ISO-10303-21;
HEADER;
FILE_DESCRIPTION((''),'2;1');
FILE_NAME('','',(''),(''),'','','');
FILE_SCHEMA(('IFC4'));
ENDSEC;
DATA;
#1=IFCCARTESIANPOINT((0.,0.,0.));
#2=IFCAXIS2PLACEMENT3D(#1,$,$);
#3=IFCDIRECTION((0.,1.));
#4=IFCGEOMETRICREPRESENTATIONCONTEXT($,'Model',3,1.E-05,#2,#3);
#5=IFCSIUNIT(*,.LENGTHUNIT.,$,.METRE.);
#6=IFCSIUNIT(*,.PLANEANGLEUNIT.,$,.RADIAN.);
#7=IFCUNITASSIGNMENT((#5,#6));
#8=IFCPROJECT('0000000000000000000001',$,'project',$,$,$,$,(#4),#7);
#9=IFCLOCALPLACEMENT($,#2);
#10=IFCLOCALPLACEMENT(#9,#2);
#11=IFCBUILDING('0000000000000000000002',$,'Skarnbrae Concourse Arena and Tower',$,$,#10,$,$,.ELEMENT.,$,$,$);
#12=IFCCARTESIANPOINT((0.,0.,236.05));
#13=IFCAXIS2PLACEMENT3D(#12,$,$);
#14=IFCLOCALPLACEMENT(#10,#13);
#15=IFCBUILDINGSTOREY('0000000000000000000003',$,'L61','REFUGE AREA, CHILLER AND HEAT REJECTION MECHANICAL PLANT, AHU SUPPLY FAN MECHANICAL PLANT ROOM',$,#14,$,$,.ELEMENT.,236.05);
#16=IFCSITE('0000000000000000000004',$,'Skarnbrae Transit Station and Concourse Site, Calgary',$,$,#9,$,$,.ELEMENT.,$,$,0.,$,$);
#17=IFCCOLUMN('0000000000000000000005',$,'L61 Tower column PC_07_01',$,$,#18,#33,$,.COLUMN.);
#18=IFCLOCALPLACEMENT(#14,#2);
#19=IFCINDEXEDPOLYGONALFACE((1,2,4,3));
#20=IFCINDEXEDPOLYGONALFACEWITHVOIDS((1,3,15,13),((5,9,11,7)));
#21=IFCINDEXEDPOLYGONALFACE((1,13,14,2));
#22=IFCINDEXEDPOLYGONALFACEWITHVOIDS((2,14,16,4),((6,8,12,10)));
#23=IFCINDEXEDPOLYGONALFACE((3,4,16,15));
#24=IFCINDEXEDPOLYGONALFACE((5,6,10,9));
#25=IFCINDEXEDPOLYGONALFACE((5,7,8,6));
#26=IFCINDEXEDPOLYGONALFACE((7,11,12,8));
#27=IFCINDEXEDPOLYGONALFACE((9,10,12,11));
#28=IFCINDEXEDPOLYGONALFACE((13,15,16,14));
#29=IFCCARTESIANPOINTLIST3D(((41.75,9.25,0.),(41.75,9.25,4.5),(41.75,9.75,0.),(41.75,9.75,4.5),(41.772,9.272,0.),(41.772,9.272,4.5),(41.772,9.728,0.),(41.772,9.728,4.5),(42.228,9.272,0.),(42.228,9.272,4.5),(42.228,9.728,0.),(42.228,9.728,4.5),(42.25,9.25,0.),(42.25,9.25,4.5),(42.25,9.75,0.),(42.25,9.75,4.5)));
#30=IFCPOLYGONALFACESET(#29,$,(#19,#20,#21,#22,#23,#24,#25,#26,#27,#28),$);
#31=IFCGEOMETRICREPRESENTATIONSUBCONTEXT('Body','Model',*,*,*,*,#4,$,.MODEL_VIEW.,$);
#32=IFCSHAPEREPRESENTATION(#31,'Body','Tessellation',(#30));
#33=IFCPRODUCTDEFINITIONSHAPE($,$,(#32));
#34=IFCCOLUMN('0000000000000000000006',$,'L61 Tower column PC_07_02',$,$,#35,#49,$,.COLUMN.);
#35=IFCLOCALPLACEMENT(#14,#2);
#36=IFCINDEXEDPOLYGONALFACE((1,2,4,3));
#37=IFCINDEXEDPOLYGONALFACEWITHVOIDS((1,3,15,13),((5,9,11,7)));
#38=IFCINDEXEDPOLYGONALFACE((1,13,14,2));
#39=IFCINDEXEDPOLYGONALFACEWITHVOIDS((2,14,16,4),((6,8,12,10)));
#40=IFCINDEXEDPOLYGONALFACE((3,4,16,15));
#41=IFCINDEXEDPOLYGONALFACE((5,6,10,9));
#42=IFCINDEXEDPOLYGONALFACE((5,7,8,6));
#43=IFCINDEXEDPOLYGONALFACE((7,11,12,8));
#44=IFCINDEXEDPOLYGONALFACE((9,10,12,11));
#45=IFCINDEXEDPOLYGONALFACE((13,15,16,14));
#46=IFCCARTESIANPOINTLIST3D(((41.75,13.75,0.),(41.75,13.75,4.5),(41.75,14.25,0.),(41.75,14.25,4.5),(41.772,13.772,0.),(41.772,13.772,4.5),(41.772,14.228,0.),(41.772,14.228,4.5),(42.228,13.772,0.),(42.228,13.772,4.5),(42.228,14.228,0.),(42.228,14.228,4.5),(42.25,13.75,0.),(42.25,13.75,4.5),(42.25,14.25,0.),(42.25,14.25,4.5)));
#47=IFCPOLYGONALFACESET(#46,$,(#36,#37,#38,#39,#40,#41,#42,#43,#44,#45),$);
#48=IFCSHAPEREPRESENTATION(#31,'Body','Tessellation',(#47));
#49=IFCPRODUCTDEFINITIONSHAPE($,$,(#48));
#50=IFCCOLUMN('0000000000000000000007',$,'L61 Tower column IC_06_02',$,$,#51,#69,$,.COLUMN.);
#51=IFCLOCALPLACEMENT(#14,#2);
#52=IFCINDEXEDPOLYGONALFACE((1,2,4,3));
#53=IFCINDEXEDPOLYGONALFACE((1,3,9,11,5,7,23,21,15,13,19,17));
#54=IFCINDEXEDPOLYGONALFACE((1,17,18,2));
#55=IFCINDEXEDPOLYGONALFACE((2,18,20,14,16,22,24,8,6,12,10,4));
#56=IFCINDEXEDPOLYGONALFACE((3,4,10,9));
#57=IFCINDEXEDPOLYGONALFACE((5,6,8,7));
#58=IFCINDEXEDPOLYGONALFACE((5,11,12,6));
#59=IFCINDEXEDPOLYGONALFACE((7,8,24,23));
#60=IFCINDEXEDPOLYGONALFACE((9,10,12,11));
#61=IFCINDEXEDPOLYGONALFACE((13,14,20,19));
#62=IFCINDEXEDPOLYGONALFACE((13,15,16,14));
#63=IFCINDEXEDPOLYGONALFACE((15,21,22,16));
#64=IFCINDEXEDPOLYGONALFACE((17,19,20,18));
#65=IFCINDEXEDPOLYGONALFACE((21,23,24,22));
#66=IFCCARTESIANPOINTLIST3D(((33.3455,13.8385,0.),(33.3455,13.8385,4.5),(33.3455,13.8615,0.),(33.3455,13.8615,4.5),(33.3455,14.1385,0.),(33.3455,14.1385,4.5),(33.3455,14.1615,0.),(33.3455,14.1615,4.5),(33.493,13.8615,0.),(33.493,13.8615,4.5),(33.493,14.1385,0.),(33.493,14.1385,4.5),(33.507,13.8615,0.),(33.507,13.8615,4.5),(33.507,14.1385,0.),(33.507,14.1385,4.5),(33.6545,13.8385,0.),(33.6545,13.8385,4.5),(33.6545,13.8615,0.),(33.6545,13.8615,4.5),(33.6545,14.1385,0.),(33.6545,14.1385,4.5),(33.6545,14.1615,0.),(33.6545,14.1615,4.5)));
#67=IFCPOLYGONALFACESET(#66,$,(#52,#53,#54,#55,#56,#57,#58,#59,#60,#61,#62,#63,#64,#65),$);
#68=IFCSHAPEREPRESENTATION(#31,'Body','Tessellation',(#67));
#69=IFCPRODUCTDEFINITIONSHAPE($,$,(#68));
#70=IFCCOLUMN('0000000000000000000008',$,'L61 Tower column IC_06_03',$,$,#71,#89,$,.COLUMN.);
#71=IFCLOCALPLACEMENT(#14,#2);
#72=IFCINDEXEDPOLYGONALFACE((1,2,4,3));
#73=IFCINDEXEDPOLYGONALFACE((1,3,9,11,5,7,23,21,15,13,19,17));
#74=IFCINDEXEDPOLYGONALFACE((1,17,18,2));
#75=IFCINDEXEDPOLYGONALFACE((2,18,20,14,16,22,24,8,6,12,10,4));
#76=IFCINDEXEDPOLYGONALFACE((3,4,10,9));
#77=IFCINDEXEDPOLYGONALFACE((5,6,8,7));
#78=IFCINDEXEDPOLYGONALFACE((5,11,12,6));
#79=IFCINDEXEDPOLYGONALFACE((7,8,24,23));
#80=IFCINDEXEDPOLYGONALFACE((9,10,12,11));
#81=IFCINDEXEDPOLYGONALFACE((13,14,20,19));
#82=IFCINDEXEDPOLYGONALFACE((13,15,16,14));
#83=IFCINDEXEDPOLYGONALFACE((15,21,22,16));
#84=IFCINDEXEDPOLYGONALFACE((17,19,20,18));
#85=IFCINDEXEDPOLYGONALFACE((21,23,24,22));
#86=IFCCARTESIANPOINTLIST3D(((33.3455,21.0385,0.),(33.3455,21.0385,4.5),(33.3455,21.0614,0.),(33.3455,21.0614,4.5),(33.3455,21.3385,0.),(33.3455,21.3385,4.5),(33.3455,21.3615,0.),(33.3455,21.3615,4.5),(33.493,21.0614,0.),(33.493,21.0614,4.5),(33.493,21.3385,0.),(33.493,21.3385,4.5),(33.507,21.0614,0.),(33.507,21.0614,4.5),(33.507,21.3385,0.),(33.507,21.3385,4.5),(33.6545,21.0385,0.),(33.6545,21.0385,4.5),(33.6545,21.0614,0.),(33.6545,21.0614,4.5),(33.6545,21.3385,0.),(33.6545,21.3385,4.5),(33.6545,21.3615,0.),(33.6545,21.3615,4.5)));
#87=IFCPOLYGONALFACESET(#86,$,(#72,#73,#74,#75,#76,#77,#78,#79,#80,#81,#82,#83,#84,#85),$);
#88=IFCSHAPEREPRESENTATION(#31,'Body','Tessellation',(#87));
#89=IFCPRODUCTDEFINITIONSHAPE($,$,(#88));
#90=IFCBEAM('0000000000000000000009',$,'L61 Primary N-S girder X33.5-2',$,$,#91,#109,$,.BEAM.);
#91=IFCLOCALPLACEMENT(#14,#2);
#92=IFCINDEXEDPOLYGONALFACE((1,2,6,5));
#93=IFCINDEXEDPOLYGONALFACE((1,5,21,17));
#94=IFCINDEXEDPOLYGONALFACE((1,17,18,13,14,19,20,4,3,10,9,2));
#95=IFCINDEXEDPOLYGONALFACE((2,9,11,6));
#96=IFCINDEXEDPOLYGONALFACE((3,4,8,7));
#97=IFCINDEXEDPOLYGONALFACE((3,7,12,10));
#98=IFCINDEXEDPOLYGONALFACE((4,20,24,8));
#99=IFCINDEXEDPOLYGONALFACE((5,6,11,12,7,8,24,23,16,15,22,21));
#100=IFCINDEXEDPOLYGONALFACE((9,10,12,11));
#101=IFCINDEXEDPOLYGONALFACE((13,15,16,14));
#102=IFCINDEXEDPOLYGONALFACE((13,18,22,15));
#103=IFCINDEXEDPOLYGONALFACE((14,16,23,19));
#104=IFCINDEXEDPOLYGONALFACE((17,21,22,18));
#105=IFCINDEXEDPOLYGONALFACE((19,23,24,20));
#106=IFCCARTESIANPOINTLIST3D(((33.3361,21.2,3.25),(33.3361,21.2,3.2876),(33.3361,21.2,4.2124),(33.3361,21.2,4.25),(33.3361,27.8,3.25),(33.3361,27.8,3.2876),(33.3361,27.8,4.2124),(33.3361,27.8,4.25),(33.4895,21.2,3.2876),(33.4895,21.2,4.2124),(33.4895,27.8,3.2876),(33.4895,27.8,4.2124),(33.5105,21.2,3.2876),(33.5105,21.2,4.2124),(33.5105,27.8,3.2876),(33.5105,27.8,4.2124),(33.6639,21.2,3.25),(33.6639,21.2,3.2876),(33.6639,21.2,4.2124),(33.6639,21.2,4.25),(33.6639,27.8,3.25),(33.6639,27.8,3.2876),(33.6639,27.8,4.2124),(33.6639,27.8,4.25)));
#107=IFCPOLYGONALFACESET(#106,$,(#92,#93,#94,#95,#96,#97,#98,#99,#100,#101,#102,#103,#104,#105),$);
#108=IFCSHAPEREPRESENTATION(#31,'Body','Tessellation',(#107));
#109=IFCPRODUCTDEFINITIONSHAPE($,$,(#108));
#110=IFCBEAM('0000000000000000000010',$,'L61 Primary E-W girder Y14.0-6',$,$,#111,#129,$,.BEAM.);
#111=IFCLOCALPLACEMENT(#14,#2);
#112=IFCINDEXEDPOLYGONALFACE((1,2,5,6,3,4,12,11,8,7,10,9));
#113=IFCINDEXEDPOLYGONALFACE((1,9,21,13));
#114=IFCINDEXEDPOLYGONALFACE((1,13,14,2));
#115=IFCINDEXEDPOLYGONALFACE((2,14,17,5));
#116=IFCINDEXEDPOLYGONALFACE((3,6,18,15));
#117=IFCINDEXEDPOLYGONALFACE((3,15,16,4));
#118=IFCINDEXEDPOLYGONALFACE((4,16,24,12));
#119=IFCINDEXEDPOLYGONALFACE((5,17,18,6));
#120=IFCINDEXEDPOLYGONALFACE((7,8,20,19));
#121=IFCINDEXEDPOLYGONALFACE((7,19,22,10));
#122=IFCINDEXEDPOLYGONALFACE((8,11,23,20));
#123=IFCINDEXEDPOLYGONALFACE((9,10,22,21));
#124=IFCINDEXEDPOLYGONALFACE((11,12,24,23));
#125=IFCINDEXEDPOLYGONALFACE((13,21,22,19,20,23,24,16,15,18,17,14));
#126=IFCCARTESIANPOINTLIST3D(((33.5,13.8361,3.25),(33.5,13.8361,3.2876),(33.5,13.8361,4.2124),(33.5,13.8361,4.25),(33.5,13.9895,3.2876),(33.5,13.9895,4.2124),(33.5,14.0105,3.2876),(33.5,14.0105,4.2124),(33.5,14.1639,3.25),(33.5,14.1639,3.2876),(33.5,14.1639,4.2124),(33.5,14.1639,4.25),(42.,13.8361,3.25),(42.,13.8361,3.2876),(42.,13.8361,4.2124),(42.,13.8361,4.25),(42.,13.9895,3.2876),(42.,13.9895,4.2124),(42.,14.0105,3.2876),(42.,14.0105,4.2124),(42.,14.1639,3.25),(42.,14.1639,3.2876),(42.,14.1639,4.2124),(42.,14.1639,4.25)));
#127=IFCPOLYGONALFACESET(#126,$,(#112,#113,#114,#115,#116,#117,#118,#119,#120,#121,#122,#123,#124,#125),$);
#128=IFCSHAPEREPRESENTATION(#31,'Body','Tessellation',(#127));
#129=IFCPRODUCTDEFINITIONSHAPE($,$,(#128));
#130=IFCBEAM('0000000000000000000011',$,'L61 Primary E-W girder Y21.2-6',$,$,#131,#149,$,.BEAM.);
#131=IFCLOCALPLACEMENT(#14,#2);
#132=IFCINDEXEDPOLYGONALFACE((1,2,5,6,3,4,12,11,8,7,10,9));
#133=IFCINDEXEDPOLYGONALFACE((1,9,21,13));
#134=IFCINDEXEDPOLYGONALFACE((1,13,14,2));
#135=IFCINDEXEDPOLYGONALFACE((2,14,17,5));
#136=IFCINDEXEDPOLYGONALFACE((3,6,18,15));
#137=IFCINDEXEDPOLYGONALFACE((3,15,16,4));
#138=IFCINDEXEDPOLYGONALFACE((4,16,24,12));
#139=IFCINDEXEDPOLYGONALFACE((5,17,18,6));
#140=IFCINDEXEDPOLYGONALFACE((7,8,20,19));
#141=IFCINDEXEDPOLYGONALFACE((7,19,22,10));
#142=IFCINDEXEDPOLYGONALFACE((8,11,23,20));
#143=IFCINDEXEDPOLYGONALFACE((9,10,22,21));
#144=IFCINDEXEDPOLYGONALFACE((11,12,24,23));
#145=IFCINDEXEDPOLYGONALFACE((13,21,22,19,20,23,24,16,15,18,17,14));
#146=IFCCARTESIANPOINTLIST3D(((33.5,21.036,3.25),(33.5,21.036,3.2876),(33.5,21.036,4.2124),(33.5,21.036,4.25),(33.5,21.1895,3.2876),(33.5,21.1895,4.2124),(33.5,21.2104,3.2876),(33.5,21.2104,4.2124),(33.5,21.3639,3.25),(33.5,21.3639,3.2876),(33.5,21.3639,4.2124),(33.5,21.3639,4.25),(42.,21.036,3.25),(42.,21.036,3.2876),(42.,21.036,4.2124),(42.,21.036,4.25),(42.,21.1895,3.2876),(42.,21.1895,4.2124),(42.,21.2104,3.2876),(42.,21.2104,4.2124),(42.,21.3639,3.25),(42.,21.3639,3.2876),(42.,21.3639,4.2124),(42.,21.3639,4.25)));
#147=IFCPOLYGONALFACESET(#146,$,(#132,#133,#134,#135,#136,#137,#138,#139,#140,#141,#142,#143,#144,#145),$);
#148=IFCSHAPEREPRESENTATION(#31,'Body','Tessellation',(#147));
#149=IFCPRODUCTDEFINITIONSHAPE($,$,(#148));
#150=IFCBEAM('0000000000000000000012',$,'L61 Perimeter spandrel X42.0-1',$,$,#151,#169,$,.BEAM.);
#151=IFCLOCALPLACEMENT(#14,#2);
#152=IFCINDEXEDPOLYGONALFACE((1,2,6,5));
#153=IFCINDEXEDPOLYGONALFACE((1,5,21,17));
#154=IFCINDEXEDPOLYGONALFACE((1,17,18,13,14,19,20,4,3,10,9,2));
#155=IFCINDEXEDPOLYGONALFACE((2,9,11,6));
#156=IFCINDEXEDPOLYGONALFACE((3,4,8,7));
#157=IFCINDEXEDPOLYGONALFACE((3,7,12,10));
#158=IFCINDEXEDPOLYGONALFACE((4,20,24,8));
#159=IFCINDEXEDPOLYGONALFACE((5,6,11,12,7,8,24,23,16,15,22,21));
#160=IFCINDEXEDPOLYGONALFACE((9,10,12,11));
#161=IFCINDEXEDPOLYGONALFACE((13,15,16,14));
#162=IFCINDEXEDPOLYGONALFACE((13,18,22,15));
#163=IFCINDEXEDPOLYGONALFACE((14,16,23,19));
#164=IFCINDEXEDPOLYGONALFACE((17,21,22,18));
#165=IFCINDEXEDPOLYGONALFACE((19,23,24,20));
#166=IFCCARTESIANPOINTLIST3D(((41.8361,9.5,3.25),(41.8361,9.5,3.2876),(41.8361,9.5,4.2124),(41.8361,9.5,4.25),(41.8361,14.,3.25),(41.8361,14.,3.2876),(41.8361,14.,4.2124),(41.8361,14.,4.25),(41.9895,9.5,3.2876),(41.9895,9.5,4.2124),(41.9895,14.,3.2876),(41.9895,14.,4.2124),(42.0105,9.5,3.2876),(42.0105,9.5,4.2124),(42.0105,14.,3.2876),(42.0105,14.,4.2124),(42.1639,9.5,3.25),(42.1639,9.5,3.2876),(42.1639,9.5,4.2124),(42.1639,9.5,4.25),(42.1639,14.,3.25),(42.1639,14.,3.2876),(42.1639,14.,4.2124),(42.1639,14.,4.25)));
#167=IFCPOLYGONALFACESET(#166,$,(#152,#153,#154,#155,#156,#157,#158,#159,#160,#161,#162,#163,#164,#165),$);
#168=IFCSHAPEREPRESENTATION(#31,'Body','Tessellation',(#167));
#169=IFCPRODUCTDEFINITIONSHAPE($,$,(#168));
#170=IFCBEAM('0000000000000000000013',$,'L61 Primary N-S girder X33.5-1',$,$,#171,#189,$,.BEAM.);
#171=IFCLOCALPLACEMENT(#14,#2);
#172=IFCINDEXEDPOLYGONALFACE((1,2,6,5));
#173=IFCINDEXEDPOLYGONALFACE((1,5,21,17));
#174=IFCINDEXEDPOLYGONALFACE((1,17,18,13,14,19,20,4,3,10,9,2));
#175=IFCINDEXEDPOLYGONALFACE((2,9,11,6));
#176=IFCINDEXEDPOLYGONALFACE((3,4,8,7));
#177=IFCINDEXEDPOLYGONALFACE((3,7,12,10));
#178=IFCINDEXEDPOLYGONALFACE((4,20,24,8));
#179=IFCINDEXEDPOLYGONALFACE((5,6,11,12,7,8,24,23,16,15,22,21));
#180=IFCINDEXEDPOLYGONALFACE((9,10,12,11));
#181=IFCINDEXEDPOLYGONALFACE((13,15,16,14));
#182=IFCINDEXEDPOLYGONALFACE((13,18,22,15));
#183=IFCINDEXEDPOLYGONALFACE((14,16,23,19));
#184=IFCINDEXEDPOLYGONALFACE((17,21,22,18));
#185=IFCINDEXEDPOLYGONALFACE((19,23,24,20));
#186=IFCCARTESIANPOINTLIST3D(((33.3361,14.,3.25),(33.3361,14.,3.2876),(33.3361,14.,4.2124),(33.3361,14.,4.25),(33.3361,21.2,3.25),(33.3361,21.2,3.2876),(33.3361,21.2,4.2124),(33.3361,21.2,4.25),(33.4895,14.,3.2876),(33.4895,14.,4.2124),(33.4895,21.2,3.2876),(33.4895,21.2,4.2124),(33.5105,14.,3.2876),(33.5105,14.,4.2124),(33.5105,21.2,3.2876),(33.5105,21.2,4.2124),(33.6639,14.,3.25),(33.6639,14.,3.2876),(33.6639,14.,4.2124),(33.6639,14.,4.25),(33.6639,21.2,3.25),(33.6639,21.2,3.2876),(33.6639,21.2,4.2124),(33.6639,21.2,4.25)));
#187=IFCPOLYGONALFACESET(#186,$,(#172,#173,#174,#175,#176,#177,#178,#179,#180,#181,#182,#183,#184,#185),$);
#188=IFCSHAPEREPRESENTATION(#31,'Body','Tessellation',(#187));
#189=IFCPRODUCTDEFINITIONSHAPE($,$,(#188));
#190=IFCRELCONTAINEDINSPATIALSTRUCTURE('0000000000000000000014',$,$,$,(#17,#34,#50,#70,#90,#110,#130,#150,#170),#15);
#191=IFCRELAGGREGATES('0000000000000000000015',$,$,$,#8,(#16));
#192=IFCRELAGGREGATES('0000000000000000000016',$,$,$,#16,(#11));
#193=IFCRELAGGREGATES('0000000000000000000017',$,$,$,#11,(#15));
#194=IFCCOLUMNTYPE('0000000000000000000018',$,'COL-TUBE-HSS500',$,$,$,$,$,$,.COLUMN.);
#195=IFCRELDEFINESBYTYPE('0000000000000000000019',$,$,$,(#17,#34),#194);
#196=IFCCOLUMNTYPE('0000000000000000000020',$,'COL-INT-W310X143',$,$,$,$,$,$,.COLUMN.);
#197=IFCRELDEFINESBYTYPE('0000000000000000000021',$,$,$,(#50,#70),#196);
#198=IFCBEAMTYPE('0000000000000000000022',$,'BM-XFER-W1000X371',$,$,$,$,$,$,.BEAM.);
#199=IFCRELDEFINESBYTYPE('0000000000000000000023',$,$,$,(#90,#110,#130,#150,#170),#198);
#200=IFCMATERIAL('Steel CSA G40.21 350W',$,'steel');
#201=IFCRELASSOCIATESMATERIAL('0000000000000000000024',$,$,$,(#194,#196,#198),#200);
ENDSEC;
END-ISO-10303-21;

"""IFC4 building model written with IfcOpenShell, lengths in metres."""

from ifc_helpers import new_model, si_unit, direction, frame, origin, origin_2d, place, context, subcontext, project, spatial, hollow_rectangle, i_section, extrude, source, transform, mapped, material, material_profile, profile_set, type_object, element, save


model = new_model("IFC4")

# Units and contexts
model_context = context("Model", 3, precision=1e-05, world=origin(), true_north=direction((0.0, 1.0)))
body_context = subcontext(model_context, "Body", "Model", "MODEL_VIEW")
ifc_project = project(units=[si_unit("LENGTHUNIT", "METRE"), si_unit("PLANEANGLEUNIT", "RADIAN")], contexts=[model_context])

# Site, building, storey
site_placement = place(None, origin())
site = spatial("IfcSite", under=ifc_project, at=site_placement, Name="Skarnbrae Transit Station and Concourse Site, Calgary", CompositionType="ELEMENT", RefElevation=0.0)
building_placement = place(site_placement, origin())
building = spatial("IfcBuilding", under=site, at=building_placement, Name="Skarnbrae Concourse Arena and Tower", CompositionType="ELEMENT")
storey_placement = place(building_placement, frame((0.0, 0.0, 236.05)))
storey = spatial("IfcBuildingStorey", under=building, at=storey_placement, Name="L61", Description="REFUGE AREA, CHILLER AND HEAT REJECTION MECHANICAL PLANT, AHU SUPPLY FAN MECHANICAL PLANT ROOM", CompositionType="ELEMENT", Elevation=236.05)

# Columns
ifc_material_1 = material(Name="Steel CSA G40.21 350W", Category="steel")
ifc_material_profile_1 = material_profile(ifc_material_1, hollow_rectangle(XDim=0.5, YDim=0.5, WallThickness=0.022, at=origin_2d()), Name="HSS500X500X22.0")
ifc_profile_set_1 = profile_set([ifc_material_profile_1], Name="Steel CSA G40.21 350W")
column_type_1 = type_object("IfcColumnType", Name="COL-TUBE-HSS500", PredefinedType="COLUMN", material=ifc_profile_set_1)
shared_shape_1 = source(origin(), body_context, "Body", "SweptSolid", [
    extrude(hollow_rectangle(XDim=0.5, YDim=0.5, WallThickness=0.022, at=origin_2d()), origin(), (0.0, 0.0, 1.0), 4.5),
])
for number, where, z_axis, x_axis, name in (
    (1, (42.0, 9.5, 0.0), (0.0, 0.0, 1.0), (1.0, 0.0, 0.0), "L61 Tower column PC_07_01"),
    (2, (42.0, 14.0, 0.0), (0.0, 0.0, 1.0), (1.0, 0.0, 0.0), "L61 Tower column PC_07_02"),
):
    element("IfcColumn", number, at=place(storey_placement, frame(where, z_axis=z_axis, x_axis=x_axis)), inside=storey, type_object=column_type_1, Name=name, PredefinedType="COLUMN", context=body_context, shape_type="MappedRepresentation", body=[
        mapped(shared_shape_1, transform((0.0, 0.0, 0.0))),
    ])
ifc_material_profile_2 = material_profile(ifc_material_1, i_section(OverallWidth=0.3091, OverallDepth=0.323, WebThickness=0.0139, FlangeThickness=0.0229, at=origin_2d()), Name="W310X143")
ifc_profile_set_2 = profile_set([ifc_material_profile_2], Name="Steel CSA G40.21 350W")
column_type_2 = type_object("IfcColumnType", Name="COL-INT-W310X143", PredefinedType="COLUMN", material=ifc_profile_set_2)
shared_shape_2 = source(origin(), body_context, "Body", "SweptSolid", [
    extrude(i_section(OverallWidth=0.3091, OverallDepth=0.323, WebThickness=0.0139, FlangeThickness=0.0229, at=origin_2d()), origin(), (0.0, 0.0, 1.0), 4.5),
])
for number, where, z_axis, x_axis, name in (
    (3, (33.5, 14.0, 0.0), (0.0, 0.0, 1.0), (1.0, 0.0, 0.0), "L61 Tower column IC_06_02"),
    (4, (33.5, 21.2, 0.0), (0.0, 0.0, 1.0), (1.0, 0.0, 0.0), "L61 Tower column IC_06_03"),
):
    element("IfcColumn", number, at=place(storey_placement, frame(where, z_axis=z_axis, x_axis=x_axis)), inside=storey, type_object=column_type_2, Name=name, PredefinedType="COLUMN", context=body_context, shape_type="MappedRepresentation", body=[
        mapped(shared_shape_2, transform((0.0, 0.0, 0.0))),
    ])

# Beams
ifc_material_profile_3 = material_profile(ifc_material_1, i_section(OverallWidth=0.3279, OverallDepth=1.0, WebThickness=0.021, FlangeThickness=0.0376, at=origin_2d()), Name="W1000X371")
ifc_profile_set_3 = profile_set([ifc_material_profile_3], Name="Steel CSA G40.21 350W")
beam_type_1 = type_object("IfcBeamType", Name="BM-XFER-W1000X371", PredefinedType="BEAM", material=ifc_profile_set_3)
shared_shape_3 = source(origin(), body_context, "Body", "SweptSolid", [
    extrude(i_section(OverallWidth=0.3279, OverallDepth=1.0, WebThickness=0.021, FlangeThickness=0.0376, at=origin_2d()), origin(), (0.0, 0.0, 1.0), 6.6001),
])
beam_1_placement = place(storey_placement, frame((33.5, 21.2, 3.75), z_axis=(0.0, 1.0, 0.0), x_axis=(-1.0, 0.0, 0.0)))
element("IfcBeam", 5, at=beam_1_placement, inside=storey, type_object=beam_type_1, Name="L61 Primary N-S girder X33.5-2", PredefinedType="BEAM", context=body_context, shape_type="MappedRepresentation", body=[
    mapped(shared_shape_3, transform((0.0, 0.0, 0.0))),
])
shared_shape_4 = source(origin(), body_context, "Body", "SweptSolid", [
    extrude(i_section(OverallWidth=0.3279, OverallDepth=1.0, WebThickness=0.021, FlangeThickness=0.0376, at=origin_2d()), origin(), (0.0, 0.0, 1.0), 8.5),
])
for number, where, z_axis, x_axis, name in (
    (6, (33.5, 14.0, 3.75), (1.0, 0.0, 0.0), (0.0, 1.0, 0.0), "L61 Primary E-W girder Y14.0-6"),
    (7, (33.5, 21.2, 3.75), (1.0, 0.0, 0.0), (0.0, 1.0, 0.0), "L61 Primary E-W girder Y21.2-6"),
):
    element("IfcBeam", number, at=place(storey_placement, frame(where, z_axis=z_axis, x_axis=x_axis)), inside=storey, type_object=beam_type_1, Name=name, PredefinedType="BEAM", context=body_context, shape_type="MappedRepresentation", body=[
        mapped(shared_shape_4, transform((0.0, 0.0, 0.0))),
    ])
shared_shape_5 = source(origin(), body_context, "Body", "SweptSolid", [
    extrude(i_section(OverallWidth=0.3279, OverallDepth=1.0, WebThickness=0.021, FlangeThickness=0.0376, at=origin_2d()), origin(), (0.0, 0.0, 1.0), 4.5),
])
beam_2_placement = place(storey_placement, frame((42.0, 9.5, 3.75), z_axis=(0.0, 1.0, 0.0), x_axis=(-1.0, 0.0, 0.0)))
element("IfcBeam", 8, at=beam_2_placement, inside=storey, type_object=beam_type_1, Name="L61 Perimeter spandrel X42.0-1", PredefinedType="BEAM", context=body_context, shape_type="MappedRepresentation", body=[
    mapped(shared_shape_5, transform((0.0, 0.0, 0.0))),
])
shared_shape_6 = source(origin(), body_context, "Body", "SweptSolid", [
    extrude(i_section(OverallWidth=0.3279, OverallDepth=1.0, WebThickness=0.021, FlangeThickness=0.0376, at=origin_2d()), origin(), (0.0, 0.0, 1.0), 7.2),
])
for number, where, z_axis, x_axis, name in (
    (9, (33.5, 14.0, 3.75), (0.0, 1.0, 0.0), (-1.0, 0.0, 0.0), "L61 Primary N-S girder X33.5-1"),
):
    element("IfcBeam", number, at=place(storey_placement, frame(where, z_axis=z_axis, x_axis=x_axis)), inside=storey, type_object=beam_type_1, Name=name, PredefinedType="BEAM", context=body_context, shape_type="MappedRepresentation", body=[
        mapped(shared_shape_6, transform((0.0, 0.0, 0.0))),
    ])

save(model, "model.ifc")
